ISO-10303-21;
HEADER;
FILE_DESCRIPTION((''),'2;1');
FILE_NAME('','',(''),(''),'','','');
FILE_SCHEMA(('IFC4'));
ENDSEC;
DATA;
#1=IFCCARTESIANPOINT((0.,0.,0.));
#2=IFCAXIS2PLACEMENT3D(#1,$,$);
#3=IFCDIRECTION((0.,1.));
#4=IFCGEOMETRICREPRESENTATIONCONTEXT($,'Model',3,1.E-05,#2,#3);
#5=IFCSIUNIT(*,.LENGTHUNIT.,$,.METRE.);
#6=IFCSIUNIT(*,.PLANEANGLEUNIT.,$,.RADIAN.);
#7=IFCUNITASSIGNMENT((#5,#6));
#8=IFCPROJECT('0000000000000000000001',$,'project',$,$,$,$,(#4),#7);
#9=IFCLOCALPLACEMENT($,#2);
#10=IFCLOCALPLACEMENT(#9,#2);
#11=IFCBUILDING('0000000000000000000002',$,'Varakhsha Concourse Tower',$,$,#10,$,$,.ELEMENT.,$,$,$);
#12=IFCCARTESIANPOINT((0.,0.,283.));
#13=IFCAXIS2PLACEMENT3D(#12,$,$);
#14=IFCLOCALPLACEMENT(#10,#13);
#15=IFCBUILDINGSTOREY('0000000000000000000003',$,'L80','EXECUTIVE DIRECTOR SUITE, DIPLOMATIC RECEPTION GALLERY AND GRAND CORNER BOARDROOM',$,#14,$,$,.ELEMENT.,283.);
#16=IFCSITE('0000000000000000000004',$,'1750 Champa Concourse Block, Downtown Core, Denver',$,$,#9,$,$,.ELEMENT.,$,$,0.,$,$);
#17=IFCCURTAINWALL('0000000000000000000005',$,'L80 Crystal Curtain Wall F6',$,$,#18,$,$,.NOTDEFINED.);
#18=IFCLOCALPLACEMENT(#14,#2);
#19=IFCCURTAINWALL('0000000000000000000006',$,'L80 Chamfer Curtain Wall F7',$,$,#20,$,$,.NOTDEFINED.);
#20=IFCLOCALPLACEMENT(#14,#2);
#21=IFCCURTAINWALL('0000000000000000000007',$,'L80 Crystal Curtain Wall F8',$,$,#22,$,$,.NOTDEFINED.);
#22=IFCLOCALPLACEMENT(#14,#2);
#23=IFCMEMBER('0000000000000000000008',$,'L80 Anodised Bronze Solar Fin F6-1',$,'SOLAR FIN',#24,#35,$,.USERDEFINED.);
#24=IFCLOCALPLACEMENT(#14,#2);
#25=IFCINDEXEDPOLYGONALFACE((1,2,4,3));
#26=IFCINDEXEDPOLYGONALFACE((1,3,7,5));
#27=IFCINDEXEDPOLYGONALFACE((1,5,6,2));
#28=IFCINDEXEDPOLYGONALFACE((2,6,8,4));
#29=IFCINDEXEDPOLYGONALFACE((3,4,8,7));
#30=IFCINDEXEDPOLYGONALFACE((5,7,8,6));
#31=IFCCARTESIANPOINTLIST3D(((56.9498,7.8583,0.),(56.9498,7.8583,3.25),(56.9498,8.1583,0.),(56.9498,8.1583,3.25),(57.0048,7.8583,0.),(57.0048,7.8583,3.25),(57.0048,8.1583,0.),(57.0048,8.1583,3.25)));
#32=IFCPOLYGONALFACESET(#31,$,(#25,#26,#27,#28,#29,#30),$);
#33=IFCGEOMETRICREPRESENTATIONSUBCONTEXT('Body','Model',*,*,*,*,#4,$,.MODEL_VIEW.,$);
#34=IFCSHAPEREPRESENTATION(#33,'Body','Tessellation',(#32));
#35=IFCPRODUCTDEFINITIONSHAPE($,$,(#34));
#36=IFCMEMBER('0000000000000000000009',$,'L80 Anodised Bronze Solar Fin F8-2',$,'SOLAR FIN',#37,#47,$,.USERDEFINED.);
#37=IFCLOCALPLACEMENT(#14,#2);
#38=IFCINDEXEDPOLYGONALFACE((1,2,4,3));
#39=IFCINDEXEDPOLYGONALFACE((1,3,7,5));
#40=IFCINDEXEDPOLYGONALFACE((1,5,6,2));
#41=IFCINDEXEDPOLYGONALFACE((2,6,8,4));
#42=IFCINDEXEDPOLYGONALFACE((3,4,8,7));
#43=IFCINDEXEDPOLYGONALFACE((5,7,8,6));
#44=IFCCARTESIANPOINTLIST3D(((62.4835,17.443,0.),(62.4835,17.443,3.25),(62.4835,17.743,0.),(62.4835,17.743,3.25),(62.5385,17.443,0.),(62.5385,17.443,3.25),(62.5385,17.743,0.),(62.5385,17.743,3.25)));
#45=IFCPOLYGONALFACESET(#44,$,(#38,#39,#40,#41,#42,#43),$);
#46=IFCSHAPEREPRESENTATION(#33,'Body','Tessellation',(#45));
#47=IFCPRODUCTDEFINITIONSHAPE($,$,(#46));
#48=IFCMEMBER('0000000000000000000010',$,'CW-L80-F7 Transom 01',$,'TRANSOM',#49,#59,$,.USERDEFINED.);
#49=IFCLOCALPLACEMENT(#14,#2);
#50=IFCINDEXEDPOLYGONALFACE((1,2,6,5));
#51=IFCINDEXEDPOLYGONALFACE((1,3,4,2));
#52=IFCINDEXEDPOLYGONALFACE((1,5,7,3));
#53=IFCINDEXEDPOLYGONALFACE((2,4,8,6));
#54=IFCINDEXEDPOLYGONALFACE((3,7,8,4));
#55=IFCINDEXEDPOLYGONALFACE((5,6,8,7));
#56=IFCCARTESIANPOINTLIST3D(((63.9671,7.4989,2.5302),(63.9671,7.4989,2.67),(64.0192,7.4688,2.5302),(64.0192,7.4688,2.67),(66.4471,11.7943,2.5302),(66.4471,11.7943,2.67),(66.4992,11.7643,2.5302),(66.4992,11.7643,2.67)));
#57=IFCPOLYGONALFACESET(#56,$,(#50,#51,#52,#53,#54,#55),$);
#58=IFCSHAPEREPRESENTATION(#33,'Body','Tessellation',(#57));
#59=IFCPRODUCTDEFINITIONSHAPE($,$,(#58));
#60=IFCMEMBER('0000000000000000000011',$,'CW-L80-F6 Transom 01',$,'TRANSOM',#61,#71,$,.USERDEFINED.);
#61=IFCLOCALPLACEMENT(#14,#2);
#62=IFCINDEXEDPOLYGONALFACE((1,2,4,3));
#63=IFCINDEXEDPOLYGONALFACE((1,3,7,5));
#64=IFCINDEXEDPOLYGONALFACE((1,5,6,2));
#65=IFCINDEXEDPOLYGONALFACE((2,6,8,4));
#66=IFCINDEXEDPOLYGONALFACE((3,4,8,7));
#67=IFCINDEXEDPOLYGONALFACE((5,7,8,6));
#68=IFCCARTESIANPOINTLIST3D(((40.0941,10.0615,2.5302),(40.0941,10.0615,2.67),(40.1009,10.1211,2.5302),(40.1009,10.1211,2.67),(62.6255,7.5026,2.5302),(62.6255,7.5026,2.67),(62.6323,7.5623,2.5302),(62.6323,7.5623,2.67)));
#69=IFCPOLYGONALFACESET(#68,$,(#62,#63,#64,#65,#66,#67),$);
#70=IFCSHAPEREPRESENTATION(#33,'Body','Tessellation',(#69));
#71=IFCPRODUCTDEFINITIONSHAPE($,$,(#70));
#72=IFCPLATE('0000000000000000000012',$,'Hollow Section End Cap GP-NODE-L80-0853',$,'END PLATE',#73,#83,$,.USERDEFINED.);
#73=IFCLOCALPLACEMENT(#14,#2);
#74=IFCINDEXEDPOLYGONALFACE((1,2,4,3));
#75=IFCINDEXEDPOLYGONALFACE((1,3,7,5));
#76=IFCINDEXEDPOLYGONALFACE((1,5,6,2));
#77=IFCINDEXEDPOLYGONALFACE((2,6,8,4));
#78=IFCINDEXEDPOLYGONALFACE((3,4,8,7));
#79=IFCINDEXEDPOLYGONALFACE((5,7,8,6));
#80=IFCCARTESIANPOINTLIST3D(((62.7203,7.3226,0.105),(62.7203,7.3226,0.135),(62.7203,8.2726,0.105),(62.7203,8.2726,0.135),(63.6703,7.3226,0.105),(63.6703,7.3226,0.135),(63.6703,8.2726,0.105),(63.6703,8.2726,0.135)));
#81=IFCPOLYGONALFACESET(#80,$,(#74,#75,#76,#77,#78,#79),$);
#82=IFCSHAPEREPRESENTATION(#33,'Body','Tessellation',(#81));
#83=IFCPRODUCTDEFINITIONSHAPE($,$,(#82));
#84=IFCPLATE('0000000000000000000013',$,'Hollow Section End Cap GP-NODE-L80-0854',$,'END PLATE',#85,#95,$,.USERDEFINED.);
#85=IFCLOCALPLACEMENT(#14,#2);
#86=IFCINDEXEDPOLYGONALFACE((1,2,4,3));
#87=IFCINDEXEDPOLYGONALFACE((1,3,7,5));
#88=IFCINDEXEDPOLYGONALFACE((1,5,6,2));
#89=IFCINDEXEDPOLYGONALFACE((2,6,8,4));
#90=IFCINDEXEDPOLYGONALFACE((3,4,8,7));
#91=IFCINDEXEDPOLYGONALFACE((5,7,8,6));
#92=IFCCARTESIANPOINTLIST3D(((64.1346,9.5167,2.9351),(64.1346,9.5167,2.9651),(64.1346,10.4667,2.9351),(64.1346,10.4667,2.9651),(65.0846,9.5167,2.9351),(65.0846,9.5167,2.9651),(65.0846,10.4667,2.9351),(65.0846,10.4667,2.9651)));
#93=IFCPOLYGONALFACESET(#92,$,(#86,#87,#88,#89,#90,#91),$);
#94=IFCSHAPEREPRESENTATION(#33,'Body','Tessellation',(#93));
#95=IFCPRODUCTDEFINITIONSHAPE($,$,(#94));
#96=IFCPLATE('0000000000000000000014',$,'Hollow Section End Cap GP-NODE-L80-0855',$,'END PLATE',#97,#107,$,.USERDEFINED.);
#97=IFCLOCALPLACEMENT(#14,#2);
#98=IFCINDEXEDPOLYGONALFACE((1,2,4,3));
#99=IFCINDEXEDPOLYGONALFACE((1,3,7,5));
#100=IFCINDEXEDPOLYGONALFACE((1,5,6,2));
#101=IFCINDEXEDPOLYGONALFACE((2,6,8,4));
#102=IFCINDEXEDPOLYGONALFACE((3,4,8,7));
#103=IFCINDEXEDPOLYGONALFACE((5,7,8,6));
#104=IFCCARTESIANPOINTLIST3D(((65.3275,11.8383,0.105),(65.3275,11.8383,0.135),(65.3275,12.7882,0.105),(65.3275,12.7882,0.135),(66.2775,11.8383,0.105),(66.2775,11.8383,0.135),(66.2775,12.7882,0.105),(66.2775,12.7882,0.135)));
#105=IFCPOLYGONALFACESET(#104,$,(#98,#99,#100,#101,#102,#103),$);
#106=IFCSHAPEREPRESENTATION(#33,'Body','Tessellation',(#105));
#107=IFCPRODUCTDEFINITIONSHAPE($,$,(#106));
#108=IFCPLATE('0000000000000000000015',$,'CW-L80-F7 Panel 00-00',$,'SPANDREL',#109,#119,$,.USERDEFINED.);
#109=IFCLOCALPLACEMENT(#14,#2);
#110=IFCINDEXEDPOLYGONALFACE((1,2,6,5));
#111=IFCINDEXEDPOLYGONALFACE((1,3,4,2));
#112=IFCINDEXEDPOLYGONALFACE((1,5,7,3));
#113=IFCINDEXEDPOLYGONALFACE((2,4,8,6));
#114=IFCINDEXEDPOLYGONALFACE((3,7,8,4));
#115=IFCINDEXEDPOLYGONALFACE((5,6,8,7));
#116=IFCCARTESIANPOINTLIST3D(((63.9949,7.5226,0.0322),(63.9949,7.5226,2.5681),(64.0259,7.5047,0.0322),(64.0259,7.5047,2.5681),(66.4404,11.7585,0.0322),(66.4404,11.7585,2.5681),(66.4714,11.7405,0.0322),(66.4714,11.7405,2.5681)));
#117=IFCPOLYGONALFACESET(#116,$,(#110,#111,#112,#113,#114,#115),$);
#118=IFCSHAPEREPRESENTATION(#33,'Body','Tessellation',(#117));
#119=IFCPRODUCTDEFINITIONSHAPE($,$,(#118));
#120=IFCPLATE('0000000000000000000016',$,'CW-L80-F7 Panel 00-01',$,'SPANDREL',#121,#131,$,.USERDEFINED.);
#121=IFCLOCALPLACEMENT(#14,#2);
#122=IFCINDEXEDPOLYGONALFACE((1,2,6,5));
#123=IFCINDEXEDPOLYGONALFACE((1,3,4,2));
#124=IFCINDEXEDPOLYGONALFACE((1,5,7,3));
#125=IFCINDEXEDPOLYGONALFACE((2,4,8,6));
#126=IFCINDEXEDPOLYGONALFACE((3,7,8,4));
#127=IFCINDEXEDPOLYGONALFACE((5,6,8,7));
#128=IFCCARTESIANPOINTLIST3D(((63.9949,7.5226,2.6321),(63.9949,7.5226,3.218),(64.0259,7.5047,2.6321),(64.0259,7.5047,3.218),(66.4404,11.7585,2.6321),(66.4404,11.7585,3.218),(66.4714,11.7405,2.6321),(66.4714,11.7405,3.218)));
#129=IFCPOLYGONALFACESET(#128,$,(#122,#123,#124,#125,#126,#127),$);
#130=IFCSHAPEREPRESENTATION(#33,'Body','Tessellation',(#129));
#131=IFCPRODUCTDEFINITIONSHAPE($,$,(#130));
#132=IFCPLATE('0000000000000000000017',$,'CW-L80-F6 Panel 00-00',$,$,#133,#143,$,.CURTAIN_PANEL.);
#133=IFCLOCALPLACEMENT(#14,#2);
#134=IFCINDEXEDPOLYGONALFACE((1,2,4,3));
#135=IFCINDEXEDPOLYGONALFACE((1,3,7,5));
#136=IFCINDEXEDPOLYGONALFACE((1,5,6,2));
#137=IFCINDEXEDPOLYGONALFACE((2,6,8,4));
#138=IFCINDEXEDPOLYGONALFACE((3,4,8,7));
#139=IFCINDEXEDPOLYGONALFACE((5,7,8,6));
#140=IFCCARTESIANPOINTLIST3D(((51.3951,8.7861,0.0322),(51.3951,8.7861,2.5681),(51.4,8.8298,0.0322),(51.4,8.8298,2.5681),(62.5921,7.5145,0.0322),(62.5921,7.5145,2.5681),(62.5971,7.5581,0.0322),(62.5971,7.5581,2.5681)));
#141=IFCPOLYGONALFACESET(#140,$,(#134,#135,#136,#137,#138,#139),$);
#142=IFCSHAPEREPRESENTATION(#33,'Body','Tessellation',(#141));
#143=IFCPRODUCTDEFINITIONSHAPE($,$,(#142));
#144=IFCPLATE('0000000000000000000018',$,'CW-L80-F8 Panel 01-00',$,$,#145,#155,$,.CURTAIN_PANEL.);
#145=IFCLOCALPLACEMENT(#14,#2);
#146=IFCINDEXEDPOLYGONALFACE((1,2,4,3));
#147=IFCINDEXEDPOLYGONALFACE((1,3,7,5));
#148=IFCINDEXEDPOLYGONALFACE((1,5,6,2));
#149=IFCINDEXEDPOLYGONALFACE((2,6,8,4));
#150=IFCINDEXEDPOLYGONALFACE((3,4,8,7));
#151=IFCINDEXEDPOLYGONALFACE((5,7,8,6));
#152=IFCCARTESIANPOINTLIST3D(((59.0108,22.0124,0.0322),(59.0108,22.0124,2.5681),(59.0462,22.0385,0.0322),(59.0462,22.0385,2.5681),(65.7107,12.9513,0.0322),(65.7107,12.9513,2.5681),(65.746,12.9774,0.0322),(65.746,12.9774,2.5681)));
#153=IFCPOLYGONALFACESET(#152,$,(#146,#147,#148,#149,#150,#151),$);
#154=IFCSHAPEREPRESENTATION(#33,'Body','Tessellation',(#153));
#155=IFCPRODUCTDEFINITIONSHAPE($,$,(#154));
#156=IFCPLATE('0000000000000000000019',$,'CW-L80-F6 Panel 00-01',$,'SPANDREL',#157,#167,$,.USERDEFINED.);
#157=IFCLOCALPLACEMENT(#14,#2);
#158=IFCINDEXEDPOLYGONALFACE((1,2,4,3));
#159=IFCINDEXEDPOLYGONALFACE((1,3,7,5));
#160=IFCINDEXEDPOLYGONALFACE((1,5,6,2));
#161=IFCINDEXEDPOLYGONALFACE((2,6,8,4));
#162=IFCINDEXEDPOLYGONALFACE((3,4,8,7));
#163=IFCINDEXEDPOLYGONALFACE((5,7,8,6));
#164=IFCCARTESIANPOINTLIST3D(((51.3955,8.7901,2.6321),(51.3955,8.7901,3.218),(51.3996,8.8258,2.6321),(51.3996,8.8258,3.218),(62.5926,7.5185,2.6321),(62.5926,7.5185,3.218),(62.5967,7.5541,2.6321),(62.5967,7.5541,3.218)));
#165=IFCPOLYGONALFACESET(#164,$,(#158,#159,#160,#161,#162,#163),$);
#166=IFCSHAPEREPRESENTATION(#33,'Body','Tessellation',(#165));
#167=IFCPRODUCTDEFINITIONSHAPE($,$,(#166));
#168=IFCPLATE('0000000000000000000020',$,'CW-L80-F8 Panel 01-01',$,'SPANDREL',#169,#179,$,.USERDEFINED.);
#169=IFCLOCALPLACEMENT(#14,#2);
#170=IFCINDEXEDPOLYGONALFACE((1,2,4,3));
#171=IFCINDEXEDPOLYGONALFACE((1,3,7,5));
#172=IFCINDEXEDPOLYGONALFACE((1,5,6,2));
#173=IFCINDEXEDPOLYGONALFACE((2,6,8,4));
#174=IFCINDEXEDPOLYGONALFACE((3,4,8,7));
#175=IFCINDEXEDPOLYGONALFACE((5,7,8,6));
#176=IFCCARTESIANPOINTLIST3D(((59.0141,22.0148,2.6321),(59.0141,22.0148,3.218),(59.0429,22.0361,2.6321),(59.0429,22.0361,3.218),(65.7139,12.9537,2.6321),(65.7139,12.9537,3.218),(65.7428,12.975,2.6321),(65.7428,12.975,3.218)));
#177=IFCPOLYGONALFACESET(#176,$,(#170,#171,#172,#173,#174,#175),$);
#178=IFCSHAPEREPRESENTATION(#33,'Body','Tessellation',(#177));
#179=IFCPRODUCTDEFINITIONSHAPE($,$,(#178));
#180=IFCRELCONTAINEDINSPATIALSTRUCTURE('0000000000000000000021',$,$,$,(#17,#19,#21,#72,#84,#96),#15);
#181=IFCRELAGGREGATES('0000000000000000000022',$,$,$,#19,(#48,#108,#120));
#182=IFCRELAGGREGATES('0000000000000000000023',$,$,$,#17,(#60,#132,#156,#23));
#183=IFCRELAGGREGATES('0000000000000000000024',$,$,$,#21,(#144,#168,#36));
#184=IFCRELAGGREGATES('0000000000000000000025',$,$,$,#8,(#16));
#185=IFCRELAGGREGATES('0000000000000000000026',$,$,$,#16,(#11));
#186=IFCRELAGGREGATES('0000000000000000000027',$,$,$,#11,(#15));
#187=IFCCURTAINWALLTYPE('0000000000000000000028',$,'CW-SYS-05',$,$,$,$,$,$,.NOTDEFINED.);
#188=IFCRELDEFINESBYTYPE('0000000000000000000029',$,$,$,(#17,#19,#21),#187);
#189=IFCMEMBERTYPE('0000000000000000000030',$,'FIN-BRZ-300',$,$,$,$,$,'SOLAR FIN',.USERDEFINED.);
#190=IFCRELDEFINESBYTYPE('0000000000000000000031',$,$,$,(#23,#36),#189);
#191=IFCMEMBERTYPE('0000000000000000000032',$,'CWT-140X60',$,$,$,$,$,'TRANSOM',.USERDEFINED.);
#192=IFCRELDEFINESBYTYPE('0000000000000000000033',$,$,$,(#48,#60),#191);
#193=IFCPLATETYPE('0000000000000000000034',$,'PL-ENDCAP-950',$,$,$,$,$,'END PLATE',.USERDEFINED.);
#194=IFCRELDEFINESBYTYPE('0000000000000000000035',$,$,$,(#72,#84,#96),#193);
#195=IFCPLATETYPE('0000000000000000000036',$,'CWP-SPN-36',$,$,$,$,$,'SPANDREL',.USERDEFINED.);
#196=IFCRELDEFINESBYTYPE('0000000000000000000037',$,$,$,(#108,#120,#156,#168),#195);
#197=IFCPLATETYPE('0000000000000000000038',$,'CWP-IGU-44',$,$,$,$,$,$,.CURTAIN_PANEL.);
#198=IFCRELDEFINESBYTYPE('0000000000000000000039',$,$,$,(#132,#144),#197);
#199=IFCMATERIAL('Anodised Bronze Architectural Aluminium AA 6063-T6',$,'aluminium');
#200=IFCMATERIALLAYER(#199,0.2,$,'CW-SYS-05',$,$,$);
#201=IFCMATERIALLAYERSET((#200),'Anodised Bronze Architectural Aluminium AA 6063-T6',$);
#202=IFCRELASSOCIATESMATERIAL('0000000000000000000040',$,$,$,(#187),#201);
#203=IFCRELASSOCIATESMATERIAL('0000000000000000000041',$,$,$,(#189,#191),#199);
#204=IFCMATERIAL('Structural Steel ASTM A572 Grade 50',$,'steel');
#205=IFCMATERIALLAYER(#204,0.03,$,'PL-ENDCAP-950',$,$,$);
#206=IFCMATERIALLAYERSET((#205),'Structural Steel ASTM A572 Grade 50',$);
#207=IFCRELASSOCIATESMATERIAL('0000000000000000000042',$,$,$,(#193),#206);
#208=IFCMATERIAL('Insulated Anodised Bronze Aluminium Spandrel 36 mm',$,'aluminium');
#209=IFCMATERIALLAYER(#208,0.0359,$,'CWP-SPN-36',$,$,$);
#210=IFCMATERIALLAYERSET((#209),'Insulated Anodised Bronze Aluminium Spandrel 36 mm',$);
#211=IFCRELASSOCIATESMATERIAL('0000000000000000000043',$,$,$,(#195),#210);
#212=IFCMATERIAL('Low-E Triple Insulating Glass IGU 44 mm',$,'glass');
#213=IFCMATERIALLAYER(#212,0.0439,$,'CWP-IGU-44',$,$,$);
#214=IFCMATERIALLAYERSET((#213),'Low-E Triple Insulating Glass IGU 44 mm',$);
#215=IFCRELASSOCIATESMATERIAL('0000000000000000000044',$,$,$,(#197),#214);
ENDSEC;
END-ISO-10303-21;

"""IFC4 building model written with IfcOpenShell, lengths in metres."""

from ifc_helpers import new_model, si_unit, direction, frame, origin, origin_2d, place, context, subcontext, project, spatial, rectangle, extrude, source, transform, mapped, material, layer, layer_set, material_profile, profile_set, type_object, type_shapes, element, aggregate, save


model = new_model("IFC4")

# Units and contexts
model_context = context("Model", 3, precision=1e-05, world=origin(), true_north=direction((0.0, 1.0)))
body_context = subcontext(model_context, "Body", "Model", "MODEL_VIEW")
ifc_project = project(units=[si_unit("LENGTHUNIT", "METRE"), si_unit("PLANEANGLEUNIT", "RADIAN")], contexts=[model_context])

# Site, building, storey
site_placement = place(None, origin())
site = spatial("IfcSite", under=ifc_project, at=site_placement, Name="1750 Champa Concourse Block, Downtown Core, Denver", CompositionType="ELEMENT", RefElevation=0.0)
building_placement = place(site_placement, origin())
building = spatial("IfcBuilding", under=site, at=building_placement, Name="Varakhsha Concourse Tower", CompositionType="ELEMENT")
storey_placement = place(building_placement, frame((0.0, 0.0, 283.0)))
storey = spatial("IfcBuildingStorey", under=building, at=storey_placement, Name="L80", Description="EXECUTIVE DIRECTOR SUITE, DIPLOMATIC RECEPTION GALLERY AND GRAND CORNER BOARDROOM", CompositionType="ELEMENT", Elevation=283.0)

# Shared definitions
ifc_material_1 = material(Name="Structural Steel ASTM A572 Grade 50", Category="steel")

# Curtain wall
ifc_material_2 = material(Name="Anodised Bronze Architectural Aluminium AA 6063-T6", Category="aluminium")
ifc_layer_1 = layer(ifc_material_2, 0.2, Name="CW-SYS-05")
ifc_layer_set_1 = layer_set([ifc_layer_1], Name="Anodised Bronze Architectural Aluminium AA 6063-T6")
curtain_wall_type = type_object("IfcCurtainWallType", Name="CW-SYS-05", PredefinedType="NOTDEFINED", material=ifc_layer_set_1)
curtain_wall_1_placement = place(storey_placement, origin())
curtain_wall_1 = element("IfcCurtainWall", 1, at=curtain_wall_1_placement, inside=storey, type_object=curtain_wall_type, Name="L80 Crystal Curtain Wall F6", PredefinedType="NOTDEFINED")

# Curtain wall
curtain_wall_2_placement = place(storey_placement, origin())
curtain_wall_2 = element("IfcCurtainWall", 2, at=curtain_wall_2_placement, inside=storey, type_object=curtain_wall_type, Name="L80 Chamfer Curtain Wall F7", PredefinedType="NOTDEFINED")

# Curtain wall
curtain_wall_3_placement = place(storey_placement, origin())
curtain_wall_3 = element("IfcCurtainWall", 3, at=curtain_wall_3_placement, inside=storey, type_object=curtain_wall_type, Name="L80 Crystal Curtain Wall F8", PredefinedType="NOTDEFINED")

# Members
ifc_material_profile_1 = material_profile(ifc_material_2, rectangle(XDim=0.0549, YDim=0.3, at=origin_2d()), Name="FIN-BRZ-300")
ifc_profile_set_1 = profile_set([ifc_material_profile_1], Name="Anodised Bronze Architectural Aluminium AA 6063-T6")
member_type_1 = type_object("IfcMemberType", Name="FIN-BRZ-300", ElementType="SOLAR FIN", PredefinedType="USERDEFINED", material=ifc_profile_set_1)
shared_shape_1 = source(origin(), body_context, "Body", "SweptSolid", [
    extrude(rectangle(XDim=0.0549, YDim=0.3, at=origin_2d()), origin(), (0.0, 0.0, 1.0), 3.25),
])
type_shapes(member_type_1, [shared_shape_1])
member_1_placement = place(storey_placement, frame((56.9773, 8.0083, 0.0), z_axis=(0.0, 0.0, 1.0), x_axis=(1.0, 0.0, 0.0)))
member_1 = element("IfcMember", 4, at=member_1_placement, type_object=member_type_1, Name="L80 Anodised Bronze Solar Fin F6-1", ObjectType="SOLAR FIN", PredefinedType="USERDEFINED", context=body_context, shape_type="MappedRepresentation", body=[
    mapped(shared_shape_1, transform((0.0, 0.0, 0.0), scale=1.0)),
])
member_2_placement = place(storey_placement, frame((62.511, 17.593, 0.0), z_axis=(0.0, 0.0, 1.0), x_axis=(1.0, 0.0, 0.0)))
member_2 = element("IfcMember", 5, at=member_2_placement, type_object=member_type_1, Name="L80 Anodised Bronze Solar Fin F8-2", ObjectType="SOLAR FIN", PredefinedType="USERDEFINED", context=body_context, shape_type="MappedRepresentation", body=[
    mapped(shared_shape_1, transform((0.0, 0.0, 0.0), scale=1.0)),
])
ifc_material_profile_2 = material_profile(ifc_material_2, rectangle(XDim=0.0601, YDim=0.1399, at=origin_2d()), Name="CWT-140X60")
ifc_profile_set_2 = profile_set([ifc_material_profile_2], Name="Anodised Bronze Architectural Aluminium AA 6063-T6")
member_type_2 = type_object("IfcMemberType", Name="CWT-140X60", ElementType="TRANSOM", PredefinedType="USERDEFINED", material=ifc_profile_set_2)
shared_shape_2 = source(origin(), body_context, "Body", "SweptSolid", [
    extrude(rectangle(XDim=0.0601, YDim=0.1399, at=origin_2d()), origin(), (0.0, 0.0, 1.0), 4.96),
])
member_3_placement = place(storey_placement, frame((66.4731, 11.7793, 2.6001), z_axis=(-0.500004, -0.866023, 0.0), x_axis=(0.866023, -0.500004, 0.0)))
member_3 = element("IfcMember", 6, at=member_3_placement, type_object=member_type_2, Name="CW-L80-F7 Transom 01", ObjectType="TRANSOM", PredefinedType="USERDEFINED", context=body_context, shape_type="MappedRepresentation", body=[
    mapped(shared_shape_2, transform((0.0, 0.0, 0.0), scale=1.0)),
])
shared_shape_3 = source(origin(), body_context, "Body", "SweptSolid", [
    extrude(rectangle(XDim=0.0601, YDim=0.1399, at=origin_2d()), origin(), (0.0, 0.0, 1.0), 22.6763),
])
type_shapes(member_type_2, [shared_shape_2, shared_shape_3])
member_4_placement = place(storey_placement, frame((62.6289, 7.5325, 2.6001), z_axis=(-0.993613, 0.112842, 0.0), x_axis=(-0.112842, -0.993613, 0.0)))
member_4 = element("IfcMember", 7, at=member_4_placement, type_object=member_type_2, Name="CW-L80-F6 Transom 01", ObjectType="TRANSOM", PredefinedType="USERDEFINED", context=body_context, shape_type="MappedRepresentation", body=[
    mapped(shared_shape_3, transform((0.0, 0.0, 0.0), scale=1.0)),
])

# Plates
ifc_layer_2 = layer(ifc_material_1, 0.03, Name="PL-ENDCAP-950")
ifc_layer_set_2 = layer_set([ifc_layer_2], Name="Structural Steel ASTM A572 Grade 50")
plate_type_1 = type_object("IfcPlateType", Name="PL-ENDCAP-950", ElementType="END PLATE", PredefinedType="USERDEFINED", material=ifc_layer_set_2)
shared_shape_4 = source(origin(), body_context, "Body", "SweptSolid", [
    extrude(rectangle(XDim=0.95, YDim=0.95, at=origin_2d()), origin(), (0.0, 0.0, 1.0), 0.03),
])
type_shapes(plate_type_1, [shared_shape_4])
for number, where, z_axis, x_axis, name in (
    (8, (63.1953, 7.7976, 0.105), (0.0, 0.0, 1.0), (1.0, 0.0, 0.0), "Hollow Section End Cap GP-NODE-L80-0853"),
    (9, (64.6096, 9.9917, 2.9351), (0.0, 0.0, 1.0), (1.0, 0.0, 0.0), "Hollow Section End Cap GP-NODE-L80-0854"),
    (10, (65.8025, 12.3132, 0.105), (0.0, 0.0, 1.0), (1.0, 0.0, 0.0), "Hollow Section End Cap GP-NODE-L80-0855"),
):
    element("IfcPlate", number, at=place(storey_placement, frame(where, z_axis=z_axis, x_axis=x_axis)), inside=storey, type_object=plate_type_1, Name=name, ObjectType="END PLATE", PredefinedType="USERDEFINED", context=body_context, shape_type="MappedRepresentation", body=[
        mapped(shared_shape_4, transform((0.0, 0.0, 0.0), scale=1.0)),
    ])

# Plates
ifc_material_3 = material(Name="Insulated Anodised Bronze Aluminium Spandrel 36 mm", Category="aluminium")
ifc_layer_3 = layer(ifc_material_3, 0.0359, Name="CWP-SPN-36")
ifc_layer_set_3 = layer_set([ifc_layer_3], Name="Insulated Anodised Bronze Aluminium Spandrel 36 mm")
plate_type_2 = type_object("IfcPlateType", Name="CWP-SPN-36", ElementType="SPANDREL", PredefinedType="USERDEFINED", material=ifc_layer_set_3)
shared_shape_5 = source(origin(), body_context, "Body", "SweptSolid", [
    extrude(rectangle(XDim=4.8911, YDim=0.0359, at=origin_2d()), origin(), (0.0, 0.0, 1.0), 2.5359),
])
plate_1_placement = place(storey_placement, frame((65.2332, 9.6316, 0.0322), z_axis=(0.0, 0.0, 1.0), x_axis=(-0.499989, -0.866032, 0.0)))
plate_1 = element("IfcPlate", 11, at=plate_1_placement, type_object=plate_type_2, Name="CW-L80-F7 Panel 00-00", ObjectType="SPANDREL", PredefinedType="USERDEFINED", context=body_context, shape_type="MappedRepresentation", body=[
    mapped(shared_shape_5, transform((0.0, 0.0, 0.0), scale=1.0)),
])
shared_shape_6 = source(origin(), body_context, "Body", "SweptSolid", [
    extrude(rectangle(XDim=4.8911, YDim=0.0359, at=origin_2d()), origin(), (0.0, 0.0, 1.0), 0.5859),
])
plate_2_placement = place(storey_placement, frame((65.2332, 9.6316, 2.6321), z_axis=(0.0, 0.0, 1.0), x_axis=(-0.499989, -0.866032, 0.0)))
plate_2 = element("IfcPlate", 12, at=plate_2_placement, type_object=plate_type_2, Name="CW-L80-F7 Panel 00-01", ObjectType="SPANDREL", PredefinedType="USERDEFINED", context=body_context, shape_type="MappedRepresentation", body=[
    mapped(shared_shape_6, transform((0.0, 0.0, 0.0), scale=1.0)),
])
aggregate(curtain_wall_2, [member_3, plate_1, plate_2])
ifc_material_4 = material(Name="Low-E Triple Insulating Glass IGU 44 mm", Category="glass")
ifc_layer_4 = layer(ifc_material_4, 0.0439, Name="CWP-IGU-44")
ifc_layer_set_4 = layer_set([ifc_layer_4], Name="Low-E Triple Insulating Glass IGU 44 mm")
plate_type_3 = type_object("IfcPlateType", Name="CWP-IGU-44", PredefinedType="CURTAIN_PANEL", material=ifc_layer_set_4)
shared_shape_7 = source(origin(), body_context, "Body", "SweptSolid", [
    extrude(rectangle(XDim=11.269, YDim=0.0439, at=origin_2d()), origin(), (0.0, 0.0, 1.0), 2.5359),
])
type_shapes(plate_type_3, [shared_shape_7])
plate_3_placement = place(storey_placement, frame((56.9961, 8.1721, 0.0322), z_axis=(0.0, 0.0, 1.0), x_axis=(-0.993613, 0.112844, 0.0)))
plate_3 = element("IfcPlate", 13, at=plate_3_placement, type_object=plate_type_3, Name="CW-L80-F6 Panel 00-00", PredefinedType="CURTAIN_PANEL", context=body_context, shape_type="MappedRepresentation", body=[
    mapped(shared_shape_7, transform((0.0, 0.0, 0.0), scale=1.0)),
])
plate_4_placement = place(storey_placement, frame((62.3784, 17.4949, 0.0322), z_axis=(0.0, 0.0, 1.0), x_axis=(0.594534, -0.804071, 0.0)))
plate_4 = element("IfcPlate", 14, at=plate_4_placement, type_object=plate_type_3, Name="CW-L80-F8 Panel 01-00", PredefinedType="CURTAIN_PANEL", context=body_context, shape_type="MappedRepresentation", body=[
    mapped(shared_shape_7, transform((0.0, 0.0, 0.0), scale=1.0)),
])
shared_shape_8 = source(origin(), body_context, "Body", "SweptSolid", [
    extrude(rectangle(XDim=11.269, YDim=0.0359, at=origin_2d()), origin(), (0.0, 0.0, 1.0), 0.5859),
])
type_shapes(plate_type_2, [shared_shape_5, shared_shape_6, shared_shape_8])
plate_5_placement = place(storey_placement, frame((56.9961, 8.1721, 2.6321), z_axis=(0.0, 0.0, 1.0), x_axis=(-0.993613, 0.112844, 0.0)))
plate_5 = element("IfcPlate", 15, at=plate_5_placement, type_object=plate_type_2, Name="CW-L80-F6 Panel 00-01", ObjectType="SPANDREL", PredefinedType="USERDEFINED", context=body_context, shape_type="MappedRepresentation", body=[
    mapped(shared_shape_8, transform((0.0, 0.0, 0.0), scale=1.0)),
])
aggregate(curtain_wall_1, [member_4, plate_3, plate_5, member_1])
plate_6_placement = place(storey_placement, frame((62.3784, 17.4949, 2.6321), z_axis=(0.0, 0.0, 1.0), x_axis=(0.594534, -0.804071, 0.0)))
plate_6 = element("IfcPlate", 16, at=plate_6_placement, type_object=plate_type_2, Name="CW-L80-F8 Panel 01-01", ObjectType="SPANDREL", PredefinedType="USERDEFINED", context=body_context, shape_type="MappedRepresentation", body=[
    mapped(shared_shape_8, transform((0.0, 0.0, 0.0), scale=1.0)),
])
aggregate(curtain_wall_3, [plate_4, plate_6, member_2])

save(model, "model.ifc")
